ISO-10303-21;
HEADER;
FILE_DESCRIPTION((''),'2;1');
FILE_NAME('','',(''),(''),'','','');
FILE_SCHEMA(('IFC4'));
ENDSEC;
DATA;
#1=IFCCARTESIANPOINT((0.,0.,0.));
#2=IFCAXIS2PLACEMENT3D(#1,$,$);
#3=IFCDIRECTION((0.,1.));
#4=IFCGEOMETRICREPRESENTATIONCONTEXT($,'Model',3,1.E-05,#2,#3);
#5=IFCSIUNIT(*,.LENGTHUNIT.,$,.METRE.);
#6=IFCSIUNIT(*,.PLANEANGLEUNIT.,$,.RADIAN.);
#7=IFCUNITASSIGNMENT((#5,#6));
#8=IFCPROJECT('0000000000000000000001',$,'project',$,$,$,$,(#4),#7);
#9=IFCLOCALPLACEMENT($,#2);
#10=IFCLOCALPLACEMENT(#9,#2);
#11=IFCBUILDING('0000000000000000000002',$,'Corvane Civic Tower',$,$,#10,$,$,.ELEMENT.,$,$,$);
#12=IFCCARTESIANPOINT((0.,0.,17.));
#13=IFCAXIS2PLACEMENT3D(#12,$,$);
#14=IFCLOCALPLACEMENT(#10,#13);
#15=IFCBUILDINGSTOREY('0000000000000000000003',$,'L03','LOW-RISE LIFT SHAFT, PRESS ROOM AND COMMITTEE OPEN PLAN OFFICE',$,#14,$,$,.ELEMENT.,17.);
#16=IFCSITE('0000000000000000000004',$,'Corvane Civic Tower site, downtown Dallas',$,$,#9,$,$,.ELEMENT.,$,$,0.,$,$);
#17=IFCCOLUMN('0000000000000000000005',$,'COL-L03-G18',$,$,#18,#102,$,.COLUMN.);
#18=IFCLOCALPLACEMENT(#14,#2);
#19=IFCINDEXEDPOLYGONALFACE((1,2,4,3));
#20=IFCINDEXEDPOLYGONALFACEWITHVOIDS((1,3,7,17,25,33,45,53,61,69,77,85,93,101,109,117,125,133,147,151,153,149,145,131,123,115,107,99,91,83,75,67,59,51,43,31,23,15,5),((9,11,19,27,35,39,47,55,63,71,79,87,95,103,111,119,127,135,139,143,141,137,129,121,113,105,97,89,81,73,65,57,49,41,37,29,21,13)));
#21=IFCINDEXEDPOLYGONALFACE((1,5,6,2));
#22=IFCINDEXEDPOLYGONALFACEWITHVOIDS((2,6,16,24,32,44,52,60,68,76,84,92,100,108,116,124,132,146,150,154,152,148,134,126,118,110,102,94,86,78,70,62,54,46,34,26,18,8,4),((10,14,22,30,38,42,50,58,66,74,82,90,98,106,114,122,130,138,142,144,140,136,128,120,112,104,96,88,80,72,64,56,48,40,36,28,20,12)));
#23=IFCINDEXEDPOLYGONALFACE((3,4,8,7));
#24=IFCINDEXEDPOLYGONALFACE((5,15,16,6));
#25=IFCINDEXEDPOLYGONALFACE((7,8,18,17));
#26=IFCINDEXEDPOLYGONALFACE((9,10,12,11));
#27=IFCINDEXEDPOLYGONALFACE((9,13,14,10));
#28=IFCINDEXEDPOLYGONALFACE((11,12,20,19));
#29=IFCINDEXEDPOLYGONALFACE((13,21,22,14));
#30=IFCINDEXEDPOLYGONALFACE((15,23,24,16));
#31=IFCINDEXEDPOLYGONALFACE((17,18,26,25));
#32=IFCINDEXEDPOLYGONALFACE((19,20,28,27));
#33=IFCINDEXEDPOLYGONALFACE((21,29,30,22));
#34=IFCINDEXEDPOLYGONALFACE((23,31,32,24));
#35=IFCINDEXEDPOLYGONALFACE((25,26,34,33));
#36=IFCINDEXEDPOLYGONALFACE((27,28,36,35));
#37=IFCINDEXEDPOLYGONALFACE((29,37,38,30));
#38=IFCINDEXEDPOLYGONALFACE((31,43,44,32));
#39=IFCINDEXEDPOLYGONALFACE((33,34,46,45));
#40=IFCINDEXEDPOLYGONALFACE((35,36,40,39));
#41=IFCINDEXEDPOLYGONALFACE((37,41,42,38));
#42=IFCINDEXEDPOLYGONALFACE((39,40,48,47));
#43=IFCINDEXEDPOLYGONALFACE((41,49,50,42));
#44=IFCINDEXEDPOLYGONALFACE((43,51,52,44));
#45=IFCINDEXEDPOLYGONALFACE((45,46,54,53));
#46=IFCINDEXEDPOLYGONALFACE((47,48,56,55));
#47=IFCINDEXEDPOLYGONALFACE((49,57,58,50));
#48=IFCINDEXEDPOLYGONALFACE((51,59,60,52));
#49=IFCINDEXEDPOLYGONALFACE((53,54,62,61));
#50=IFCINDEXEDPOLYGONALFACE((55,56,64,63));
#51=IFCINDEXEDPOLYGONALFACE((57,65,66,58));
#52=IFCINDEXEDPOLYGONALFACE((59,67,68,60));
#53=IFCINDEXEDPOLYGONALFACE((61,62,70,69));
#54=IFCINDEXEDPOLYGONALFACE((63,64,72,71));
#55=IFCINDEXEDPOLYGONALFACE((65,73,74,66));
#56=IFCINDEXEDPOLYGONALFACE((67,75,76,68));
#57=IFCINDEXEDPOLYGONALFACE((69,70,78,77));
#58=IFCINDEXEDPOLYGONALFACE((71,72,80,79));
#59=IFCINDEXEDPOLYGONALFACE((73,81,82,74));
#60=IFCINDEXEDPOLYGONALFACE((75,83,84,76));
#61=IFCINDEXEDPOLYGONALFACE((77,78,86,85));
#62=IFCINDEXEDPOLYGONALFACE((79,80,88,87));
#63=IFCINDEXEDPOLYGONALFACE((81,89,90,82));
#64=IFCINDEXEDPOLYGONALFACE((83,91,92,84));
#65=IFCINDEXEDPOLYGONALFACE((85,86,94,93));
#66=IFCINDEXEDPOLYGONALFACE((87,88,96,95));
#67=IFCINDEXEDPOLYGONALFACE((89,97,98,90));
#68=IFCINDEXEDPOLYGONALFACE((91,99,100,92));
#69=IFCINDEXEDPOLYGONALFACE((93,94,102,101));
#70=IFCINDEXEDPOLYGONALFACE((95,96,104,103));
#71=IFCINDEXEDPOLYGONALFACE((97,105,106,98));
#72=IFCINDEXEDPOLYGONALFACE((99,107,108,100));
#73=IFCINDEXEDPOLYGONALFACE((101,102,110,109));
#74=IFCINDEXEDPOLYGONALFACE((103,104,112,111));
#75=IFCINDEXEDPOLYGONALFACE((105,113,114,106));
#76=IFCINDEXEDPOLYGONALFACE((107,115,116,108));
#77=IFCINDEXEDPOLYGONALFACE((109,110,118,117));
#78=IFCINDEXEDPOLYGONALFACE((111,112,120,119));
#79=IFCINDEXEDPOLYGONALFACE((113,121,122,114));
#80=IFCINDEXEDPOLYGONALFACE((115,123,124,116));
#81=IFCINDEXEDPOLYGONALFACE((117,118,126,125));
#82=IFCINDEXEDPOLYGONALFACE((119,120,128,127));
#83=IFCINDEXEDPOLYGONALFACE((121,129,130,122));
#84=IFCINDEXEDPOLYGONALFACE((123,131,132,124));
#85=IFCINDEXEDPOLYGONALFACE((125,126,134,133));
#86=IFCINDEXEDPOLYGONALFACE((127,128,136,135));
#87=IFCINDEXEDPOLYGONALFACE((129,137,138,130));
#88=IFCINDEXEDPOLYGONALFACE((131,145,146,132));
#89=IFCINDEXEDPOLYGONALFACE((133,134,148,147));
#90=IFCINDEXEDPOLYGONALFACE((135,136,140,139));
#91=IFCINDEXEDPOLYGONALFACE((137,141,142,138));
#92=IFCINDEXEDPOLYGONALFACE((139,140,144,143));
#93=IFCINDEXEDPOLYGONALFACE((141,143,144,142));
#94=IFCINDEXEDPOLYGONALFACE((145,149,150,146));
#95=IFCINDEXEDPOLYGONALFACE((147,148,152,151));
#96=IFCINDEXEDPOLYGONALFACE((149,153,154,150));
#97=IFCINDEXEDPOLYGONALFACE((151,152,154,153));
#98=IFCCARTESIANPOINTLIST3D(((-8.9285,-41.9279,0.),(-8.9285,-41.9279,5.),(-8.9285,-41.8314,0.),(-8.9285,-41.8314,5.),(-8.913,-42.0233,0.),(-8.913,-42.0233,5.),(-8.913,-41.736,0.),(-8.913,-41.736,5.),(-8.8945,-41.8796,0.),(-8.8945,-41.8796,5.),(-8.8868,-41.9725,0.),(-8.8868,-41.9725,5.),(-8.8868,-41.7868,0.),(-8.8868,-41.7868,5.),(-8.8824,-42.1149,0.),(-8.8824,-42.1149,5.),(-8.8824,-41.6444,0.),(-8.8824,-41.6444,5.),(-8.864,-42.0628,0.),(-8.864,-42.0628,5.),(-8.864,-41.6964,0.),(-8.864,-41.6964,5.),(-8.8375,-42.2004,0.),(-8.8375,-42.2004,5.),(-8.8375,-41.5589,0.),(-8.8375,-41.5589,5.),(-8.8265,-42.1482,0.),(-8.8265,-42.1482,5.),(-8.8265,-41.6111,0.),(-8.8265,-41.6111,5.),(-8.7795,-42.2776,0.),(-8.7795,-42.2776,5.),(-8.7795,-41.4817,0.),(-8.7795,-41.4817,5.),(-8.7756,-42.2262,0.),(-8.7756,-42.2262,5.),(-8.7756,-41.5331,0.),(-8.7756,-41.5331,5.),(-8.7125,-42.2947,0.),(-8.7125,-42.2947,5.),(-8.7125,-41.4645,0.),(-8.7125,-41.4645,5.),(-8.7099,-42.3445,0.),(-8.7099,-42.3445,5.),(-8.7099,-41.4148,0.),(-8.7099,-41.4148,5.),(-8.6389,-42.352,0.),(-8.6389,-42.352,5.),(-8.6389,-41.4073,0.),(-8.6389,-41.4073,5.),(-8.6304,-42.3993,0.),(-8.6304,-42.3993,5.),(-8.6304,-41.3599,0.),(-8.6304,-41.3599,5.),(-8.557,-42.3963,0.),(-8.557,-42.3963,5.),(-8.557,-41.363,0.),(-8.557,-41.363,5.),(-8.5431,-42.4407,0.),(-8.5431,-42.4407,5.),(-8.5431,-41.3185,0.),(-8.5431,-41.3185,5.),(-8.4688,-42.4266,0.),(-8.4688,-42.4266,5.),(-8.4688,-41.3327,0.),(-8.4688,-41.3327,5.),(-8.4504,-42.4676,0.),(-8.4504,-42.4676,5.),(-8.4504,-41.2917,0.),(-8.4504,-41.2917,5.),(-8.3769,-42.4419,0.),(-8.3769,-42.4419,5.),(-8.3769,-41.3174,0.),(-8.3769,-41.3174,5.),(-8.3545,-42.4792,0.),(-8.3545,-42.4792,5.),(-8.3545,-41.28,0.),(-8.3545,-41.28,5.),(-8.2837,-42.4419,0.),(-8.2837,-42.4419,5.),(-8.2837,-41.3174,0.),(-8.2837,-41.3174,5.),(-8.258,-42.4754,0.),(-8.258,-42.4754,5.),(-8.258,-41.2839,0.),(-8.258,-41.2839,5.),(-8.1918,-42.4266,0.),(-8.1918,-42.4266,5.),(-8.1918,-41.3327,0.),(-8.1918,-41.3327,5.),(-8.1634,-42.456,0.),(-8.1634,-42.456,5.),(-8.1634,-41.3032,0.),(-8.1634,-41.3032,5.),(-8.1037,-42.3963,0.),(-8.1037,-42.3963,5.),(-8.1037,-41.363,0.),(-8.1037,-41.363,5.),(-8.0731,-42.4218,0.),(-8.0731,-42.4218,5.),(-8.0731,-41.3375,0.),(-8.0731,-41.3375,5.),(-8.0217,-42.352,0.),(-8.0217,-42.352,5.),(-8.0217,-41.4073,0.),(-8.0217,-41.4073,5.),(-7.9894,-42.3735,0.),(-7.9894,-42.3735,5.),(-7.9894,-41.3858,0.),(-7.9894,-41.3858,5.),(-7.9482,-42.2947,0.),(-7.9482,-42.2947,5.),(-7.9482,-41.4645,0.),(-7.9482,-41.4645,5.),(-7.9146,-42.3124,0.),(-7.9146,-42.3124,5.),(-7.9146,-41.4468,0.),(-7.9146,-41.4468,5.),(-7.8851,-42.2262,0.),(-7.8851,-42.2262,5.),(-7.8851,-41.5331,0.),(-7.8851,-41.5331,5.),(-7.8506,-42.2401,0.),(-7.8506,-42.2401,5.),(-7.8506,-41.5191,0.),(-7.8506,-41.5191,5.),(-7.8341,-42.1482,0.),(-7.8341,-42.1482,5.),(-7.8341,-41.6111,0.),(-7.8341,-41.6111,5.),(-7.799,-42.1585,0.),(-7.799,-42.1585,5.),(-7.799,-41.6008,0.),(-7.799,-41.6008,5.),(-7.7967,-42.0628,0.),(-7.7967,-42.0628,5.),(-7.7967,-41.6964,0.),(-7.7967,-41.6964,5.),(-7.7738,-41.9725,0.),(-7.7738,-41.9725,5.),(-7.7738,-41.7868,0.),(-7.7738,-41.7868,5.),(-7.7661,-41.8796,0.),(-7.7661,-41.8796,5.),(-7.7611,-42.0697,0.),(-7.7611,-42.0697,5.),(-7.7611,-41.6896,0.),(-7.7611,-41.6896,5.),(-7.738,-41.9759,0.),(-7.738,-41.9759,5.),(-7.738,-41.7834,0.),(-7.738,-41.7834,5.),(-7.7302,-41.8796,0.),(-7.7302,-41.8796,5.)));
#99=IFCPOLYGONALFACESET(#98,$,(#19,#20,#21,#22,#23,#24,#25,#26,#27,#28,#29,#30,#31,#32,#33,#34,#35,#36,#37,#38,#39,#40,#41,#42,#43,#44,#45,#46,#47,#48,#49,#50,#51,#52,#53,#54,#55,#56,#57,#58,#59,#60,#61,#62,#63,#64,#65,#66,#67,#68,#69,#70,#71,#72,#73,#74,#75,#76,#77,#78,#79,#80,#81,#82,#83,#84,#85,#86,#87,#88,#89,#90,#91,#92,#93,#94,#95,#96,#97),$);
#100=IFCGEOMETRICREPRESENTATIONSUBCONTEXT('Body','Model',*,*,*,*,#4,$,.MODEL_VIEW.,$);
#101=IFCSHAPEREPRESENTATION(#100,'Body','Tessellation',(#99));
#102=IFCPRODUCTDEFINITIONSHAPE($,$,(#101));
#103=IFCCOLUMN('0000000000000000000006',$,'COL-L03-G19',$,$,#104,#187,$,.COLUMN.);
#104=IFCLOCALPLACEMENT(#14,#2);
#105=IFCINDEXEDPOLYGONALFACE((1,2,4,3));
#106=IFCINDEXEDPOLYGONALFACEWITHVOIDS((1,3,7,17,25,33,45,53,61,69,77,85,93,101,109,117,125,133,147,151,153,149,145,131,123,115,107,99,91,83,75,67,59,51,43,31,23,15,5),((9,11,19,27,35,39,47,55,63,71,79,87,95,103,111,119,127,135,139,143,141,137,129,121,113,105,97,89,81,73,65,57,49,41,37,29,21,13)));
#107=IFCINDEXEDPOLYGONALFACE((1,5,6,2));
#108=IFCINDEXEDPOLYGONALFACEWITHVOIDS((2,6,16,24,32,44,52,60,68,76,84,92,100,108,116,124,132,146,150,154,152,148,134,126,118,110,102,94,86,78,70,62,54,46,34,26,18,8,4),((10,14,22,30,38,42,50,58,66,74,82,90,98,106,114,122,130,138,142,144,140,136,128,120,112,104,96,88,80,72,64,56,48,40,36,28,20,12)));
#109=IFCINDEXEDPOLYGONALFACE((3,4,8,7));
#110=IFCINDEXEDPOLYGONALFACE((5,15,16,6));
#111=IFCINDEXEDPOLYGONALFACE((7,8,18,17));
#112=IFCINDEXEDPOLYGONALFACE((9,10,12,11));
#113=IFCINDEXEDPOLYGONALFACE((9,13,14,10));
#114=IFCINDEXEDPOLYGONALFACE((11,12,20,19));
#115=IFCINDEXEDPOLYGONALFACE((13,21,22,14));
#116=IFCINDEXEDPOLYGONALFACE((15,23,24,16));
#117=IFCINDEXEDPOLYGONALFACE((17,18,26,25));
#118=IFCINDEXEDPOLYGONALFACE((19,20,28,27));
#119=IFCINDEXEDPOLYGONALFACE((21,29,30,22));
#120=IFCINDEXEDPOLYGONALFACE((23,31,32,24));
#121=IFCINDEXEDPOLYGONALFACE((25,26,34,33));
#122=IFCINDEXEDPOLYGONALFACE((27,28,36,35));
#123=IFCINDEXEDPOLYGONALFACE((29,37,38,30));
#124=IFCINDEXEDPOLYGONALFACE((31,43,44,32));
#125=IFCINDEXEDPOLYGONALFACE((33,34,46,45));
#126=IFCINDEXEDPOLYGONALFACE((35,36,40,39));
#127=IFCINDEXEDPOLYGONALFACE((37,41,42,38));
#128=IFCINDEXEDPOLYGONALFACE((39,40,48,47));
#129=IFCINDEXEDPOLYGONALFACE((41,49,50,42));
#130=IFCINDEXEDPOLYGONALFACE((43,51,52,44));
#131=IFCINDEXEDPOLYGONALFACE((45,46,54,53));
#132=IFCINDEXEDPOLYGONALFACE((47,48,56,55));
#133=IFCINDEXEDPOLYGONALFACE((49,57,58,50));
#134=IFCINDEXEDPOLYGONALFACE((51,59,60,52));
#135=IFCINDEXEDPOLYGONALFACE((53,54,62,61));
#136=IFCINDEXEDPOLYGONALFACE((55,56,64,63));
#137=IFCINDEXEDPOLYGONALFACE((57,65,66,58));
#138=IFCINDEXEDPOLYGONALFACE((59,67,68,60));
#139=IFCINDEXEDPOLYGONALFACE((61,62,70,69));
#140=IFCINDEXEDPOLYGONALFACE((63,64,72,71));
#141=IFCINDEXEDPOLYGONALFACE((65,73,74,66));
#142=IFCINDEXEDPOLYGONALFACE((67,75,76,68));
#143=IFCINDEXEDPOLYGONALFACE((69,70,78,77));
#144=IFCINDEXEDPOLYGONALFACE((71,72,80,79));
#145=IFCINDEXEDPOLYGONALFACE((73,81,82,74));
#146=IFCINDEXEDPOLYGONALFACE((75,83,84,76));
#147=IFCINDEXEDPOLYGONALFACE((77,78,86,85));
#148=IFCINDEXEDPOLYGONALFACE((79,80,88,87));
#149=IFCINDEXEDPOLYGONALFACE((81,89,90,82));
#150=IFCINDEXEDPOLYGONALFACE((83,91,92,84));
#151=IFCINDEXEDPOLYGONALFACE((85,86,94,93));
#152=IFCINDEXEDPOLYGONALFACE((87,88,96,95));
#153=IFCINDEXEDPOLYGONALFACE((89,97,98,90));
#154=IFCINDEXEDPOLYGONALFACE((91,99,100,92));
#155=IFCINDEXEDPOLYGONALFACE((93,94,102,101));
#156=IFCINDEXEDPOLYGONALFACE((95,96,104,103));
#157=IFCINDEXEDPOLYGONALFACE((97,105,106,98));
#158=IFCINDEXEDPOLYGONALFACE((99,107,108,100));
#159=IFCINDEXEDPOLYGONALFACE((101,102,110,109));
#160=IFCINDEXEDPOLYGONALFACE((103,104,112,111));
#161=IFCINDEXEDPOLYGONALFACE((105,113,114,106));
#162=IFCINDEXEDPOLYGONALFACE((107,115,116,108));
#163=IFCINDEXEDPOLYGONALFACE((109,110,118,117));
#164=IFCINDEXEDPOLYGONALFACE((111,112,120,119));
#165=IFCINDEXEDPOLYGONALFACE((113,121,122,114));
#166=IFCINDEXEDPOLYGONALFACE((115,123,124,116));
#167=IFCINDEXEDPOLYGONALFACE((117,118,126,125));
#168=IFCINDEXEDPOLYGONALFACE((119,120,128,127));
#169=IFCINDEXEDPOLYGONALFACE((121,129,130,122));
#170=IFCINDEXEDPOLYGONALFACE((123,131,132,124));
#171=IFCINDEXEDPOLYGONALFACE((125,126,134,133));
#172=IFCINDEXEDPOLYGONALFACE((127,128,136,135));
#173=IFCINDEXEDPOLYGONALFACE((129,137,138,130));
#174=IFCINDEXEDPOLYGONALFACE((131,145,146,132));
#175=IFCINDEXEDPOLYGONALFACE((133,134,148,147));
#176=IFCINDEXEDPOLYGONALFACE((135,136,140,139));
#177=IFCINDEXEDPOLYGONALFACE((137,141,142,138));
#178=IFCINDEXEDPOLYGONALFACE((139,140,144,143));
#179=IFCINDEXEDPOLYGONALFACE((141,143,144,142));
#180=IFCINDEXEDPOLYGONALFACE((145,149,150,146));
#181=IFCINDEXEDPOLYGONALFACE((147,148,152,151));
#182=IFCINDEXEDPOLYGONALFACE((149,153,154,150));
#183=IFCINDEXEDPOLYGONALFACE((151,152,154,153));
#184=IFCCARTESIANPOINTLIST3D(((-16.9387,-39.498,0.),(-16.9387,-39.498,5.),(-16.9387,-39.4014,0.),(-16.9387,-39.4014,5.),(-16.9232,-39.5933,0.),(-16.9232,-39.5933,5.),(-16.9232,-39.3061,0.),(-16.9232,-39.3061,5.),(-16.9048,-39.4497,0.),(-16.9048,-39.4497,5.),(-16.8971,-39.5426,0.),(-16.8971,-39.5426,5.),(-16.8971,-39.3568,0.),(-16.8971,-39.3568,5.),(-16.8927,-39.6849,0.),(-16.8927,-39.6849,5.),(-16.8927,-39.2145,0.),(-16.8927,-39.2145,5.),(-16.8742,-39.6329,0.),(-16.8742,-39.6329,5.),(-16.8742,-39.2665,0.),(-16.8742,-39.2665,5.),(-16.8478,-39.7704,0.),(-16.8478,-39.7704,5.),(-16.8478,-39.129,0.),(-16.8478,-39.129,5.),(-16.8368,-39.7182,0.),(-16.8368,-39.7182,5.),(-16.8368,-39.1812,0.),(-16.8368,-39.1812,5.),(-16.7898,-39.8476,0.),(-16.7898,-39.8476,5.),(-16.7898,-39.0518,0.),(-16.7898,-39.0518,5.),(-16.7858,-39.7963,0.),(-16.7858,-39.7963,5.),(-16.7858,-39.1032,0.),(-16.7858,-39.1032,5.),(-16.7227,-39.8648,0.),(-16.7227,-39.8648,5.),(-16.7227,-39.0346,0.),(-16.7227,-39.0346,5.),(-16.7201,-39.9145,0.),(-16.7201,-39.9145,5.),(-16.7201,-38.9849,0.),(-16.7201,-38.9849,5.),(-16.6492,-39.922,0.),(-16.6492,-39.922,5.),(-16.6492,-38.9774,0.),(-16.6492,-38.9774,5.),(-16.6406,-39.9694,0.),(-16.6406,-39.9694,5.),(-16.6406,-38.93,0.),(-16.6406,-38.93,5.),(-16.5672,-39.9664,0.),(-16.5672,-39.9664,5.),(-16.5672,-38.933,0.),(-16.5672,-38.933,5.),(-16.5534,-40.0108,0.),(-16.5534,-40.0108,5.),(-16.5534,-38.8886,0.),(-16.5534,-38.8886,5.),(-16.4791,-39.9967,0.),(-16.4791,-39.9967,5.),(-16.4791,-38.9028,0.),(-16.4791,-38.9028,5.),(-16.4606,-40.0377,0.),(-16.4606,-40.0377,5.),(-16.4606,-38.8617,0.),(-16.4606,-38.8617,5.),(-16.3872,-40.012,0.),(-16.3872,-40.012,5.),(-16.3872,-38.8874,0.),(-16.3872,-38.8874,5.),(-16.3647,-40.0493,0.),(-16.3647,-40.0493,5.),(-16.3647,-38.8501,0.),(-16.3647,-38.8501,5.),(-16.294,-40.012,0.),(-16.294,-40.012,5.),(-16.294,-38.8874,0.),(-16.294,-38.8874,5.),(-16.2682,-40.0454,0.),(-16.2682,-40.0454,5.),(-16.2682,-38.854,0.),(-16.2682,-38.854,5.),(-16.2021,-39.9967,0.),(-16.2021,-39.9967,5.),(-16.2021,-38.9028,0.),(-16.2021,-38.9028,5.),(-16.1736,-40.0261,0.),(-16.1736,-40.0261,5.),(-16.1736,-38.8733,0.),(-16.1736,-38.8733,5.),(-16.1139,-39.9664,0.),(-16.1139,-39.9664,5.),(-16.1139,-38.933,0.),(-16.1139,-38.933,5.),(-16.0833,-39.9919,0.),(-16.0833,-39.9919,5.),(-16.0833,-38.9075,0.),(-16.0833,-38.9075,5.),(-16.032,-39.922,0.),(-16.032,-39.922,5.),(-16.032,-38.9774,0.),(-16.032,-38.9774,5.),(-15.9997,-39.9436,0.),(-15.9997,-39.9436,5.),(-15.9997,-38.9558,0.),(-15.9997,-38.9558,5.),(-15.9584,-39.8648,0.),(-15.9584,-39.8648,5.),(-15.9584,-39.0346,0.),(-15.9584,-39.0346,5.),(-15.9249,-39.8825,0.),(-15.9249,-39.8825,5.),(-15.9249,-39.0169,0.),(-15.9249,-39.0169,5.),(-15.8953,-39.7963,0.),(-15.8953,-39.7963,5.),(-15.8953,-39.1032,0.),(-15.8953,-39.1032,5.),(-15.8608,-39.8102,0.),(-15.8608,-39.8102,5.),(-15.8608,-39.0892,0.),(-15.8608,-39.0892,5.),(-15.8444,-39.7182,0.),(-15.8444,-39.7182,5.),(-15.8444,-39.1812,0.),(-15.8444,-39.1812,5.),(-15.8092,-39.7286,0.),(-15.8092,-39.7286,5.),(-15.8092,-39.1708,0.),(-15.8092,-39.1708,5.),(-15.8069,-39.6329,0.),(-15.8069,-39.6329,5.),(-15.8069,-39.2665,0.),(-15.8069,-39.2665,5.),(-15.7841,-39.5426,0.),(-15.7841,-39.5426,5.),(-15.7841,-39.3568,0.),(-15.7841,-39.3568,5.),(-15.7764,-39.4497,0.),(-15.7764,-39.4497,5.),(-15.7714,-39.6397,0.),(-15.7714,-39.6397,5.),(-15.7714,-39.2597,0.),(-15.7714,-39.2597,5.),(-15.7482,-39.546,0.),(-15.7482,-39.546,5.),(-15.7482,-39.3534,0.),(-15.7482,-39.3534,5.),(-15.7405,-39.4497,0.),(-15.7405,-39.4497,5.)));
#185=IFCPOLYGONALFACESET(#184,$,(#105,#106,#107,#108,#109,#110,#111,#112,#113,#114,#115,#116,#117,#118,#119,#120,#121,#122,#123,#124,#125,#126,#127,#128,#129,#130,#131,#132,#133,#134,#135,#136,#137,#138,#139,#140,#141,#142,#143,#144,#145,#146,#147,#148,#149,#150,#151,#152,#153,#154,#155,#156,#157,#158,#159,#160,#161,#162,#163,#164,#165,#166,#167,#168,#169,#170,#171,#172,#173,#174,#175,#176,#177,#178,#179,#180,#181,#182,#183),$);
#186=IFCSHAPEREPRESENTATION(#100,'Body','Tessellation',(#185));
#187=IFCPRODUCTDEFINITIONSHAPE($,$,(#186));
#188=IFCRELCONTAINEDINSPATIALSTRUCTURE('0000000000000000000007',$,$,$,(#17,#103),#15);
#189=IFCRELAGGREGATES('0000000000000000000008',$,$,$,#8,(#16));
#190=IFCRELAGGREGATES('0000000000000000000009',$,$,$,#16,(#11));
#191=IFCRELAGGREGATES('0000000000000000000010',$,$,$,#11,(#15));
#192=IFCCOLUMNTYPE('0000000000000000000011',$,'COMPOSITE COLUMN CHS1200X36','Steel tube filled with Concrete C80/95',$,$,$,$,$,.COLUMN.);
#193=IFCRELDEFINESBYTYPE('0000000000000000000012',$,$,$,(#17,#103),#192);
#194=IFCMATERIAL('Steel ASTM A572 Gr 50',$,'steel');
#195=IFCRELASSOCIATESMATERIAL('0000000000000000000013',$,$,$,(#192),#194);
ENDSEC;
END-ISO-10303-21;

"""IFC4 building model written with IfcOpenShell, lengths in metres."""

from ifc_helpers import new_model, si_unit, direction, frame, origin, origin_2d, place, context, subcontext, project, spatial, hollow_circle, extrude, material, material_profile, profile_set, type_object, element, save


model = new_model("IFC4")

# Units and contexts
model_context = context("Model", 3, precision=1e-05, world=origin(), true_north=direction((0.0, 1.0)))
body_context = subcontext(model_context, "Body", "Model", "MODEL_VIEW")
ifc_project = project(units=[si_unit("LENGTHUNIT", "METRE"), si_unit("PLANEANGLEUNIT", "RADIAN")], contexts=[model_context])

# Site, building, storey
site_placement = place(None, origin())
site = spatial("IfcSite", under=ifc_project, at=site_placement, Name="Corvane Civic Tower site, downtown Dallas", CompositionType="ELEMENT", RefElevation=0.0)
building_placement = place(site_placement, origin())
building = spatial("IfcBuilding", under=site, at=building_placement, Name="Corvane Civic Tower", CompositionType="ELEMENT")
storey_placement = place(building_placement, frame((0.0, 0.0, 17.0)))
storey = spatial("IfcBuildingStorey", under=building, at=storey_placement, Name="L03", Description="LOW-RISE LIFT SHAFT, PRESS ROOM AND COMMITTEE OPEN PLAN OFFICE", CompositionType="ELEMENT", Elevation=17.0)

# Columns
ifc_material_1 = material(Name="Steel ASTM A572 Gr 50", Category="steel")
ifc_material_profile_1 = material_profile(ifc_material_1, hollow_circle(Radius=0.6001, WallThickness=0.0359, at=origin_2d()), Name="CHS1200X36")
ifc_profile_set_1 = profile_set([ifc_material_profile_1], Name="Steel ASTM A572 Gr 50")
column_type = type_object("IfcColumnType", Name="COMPOSITE COLUMN CHS1200X36", Description="Steel tube filled with Concrete C80/95", PredefinedType="COLUMN", material=ifc_profile_set_1)
for number, where, z_axis, x_axis, name in (
    (1, (-8.3303, -41.8796, 0.0), (0.0, 0.0, 1.0), (1.0, 0.0, 0.0), "COL-L03-G18"),
    (2, (-16.3406, -39.4497, 0.0), (0.0, 0.0, 1.0), (1.0, 0.0, 0.0), "COL-L03-G19"),
):
    element("IfcColumn", number, at=place(storey_placement, frame(where, z_axis=z_axis, x_axis=x_axis)), inside=storey, type_object=column_type, Name=name, PredefinedType="COLUMN", context=body_context, shape_type="SweptSolid", body=[
        extrude(hollow_circle(Radius=0.6001, WallThickness=0.0359, at=origin_2d()), origin(), (0.0, 0.0, 1.0), 5.0),
    ])

save(model, "model.ifc")
